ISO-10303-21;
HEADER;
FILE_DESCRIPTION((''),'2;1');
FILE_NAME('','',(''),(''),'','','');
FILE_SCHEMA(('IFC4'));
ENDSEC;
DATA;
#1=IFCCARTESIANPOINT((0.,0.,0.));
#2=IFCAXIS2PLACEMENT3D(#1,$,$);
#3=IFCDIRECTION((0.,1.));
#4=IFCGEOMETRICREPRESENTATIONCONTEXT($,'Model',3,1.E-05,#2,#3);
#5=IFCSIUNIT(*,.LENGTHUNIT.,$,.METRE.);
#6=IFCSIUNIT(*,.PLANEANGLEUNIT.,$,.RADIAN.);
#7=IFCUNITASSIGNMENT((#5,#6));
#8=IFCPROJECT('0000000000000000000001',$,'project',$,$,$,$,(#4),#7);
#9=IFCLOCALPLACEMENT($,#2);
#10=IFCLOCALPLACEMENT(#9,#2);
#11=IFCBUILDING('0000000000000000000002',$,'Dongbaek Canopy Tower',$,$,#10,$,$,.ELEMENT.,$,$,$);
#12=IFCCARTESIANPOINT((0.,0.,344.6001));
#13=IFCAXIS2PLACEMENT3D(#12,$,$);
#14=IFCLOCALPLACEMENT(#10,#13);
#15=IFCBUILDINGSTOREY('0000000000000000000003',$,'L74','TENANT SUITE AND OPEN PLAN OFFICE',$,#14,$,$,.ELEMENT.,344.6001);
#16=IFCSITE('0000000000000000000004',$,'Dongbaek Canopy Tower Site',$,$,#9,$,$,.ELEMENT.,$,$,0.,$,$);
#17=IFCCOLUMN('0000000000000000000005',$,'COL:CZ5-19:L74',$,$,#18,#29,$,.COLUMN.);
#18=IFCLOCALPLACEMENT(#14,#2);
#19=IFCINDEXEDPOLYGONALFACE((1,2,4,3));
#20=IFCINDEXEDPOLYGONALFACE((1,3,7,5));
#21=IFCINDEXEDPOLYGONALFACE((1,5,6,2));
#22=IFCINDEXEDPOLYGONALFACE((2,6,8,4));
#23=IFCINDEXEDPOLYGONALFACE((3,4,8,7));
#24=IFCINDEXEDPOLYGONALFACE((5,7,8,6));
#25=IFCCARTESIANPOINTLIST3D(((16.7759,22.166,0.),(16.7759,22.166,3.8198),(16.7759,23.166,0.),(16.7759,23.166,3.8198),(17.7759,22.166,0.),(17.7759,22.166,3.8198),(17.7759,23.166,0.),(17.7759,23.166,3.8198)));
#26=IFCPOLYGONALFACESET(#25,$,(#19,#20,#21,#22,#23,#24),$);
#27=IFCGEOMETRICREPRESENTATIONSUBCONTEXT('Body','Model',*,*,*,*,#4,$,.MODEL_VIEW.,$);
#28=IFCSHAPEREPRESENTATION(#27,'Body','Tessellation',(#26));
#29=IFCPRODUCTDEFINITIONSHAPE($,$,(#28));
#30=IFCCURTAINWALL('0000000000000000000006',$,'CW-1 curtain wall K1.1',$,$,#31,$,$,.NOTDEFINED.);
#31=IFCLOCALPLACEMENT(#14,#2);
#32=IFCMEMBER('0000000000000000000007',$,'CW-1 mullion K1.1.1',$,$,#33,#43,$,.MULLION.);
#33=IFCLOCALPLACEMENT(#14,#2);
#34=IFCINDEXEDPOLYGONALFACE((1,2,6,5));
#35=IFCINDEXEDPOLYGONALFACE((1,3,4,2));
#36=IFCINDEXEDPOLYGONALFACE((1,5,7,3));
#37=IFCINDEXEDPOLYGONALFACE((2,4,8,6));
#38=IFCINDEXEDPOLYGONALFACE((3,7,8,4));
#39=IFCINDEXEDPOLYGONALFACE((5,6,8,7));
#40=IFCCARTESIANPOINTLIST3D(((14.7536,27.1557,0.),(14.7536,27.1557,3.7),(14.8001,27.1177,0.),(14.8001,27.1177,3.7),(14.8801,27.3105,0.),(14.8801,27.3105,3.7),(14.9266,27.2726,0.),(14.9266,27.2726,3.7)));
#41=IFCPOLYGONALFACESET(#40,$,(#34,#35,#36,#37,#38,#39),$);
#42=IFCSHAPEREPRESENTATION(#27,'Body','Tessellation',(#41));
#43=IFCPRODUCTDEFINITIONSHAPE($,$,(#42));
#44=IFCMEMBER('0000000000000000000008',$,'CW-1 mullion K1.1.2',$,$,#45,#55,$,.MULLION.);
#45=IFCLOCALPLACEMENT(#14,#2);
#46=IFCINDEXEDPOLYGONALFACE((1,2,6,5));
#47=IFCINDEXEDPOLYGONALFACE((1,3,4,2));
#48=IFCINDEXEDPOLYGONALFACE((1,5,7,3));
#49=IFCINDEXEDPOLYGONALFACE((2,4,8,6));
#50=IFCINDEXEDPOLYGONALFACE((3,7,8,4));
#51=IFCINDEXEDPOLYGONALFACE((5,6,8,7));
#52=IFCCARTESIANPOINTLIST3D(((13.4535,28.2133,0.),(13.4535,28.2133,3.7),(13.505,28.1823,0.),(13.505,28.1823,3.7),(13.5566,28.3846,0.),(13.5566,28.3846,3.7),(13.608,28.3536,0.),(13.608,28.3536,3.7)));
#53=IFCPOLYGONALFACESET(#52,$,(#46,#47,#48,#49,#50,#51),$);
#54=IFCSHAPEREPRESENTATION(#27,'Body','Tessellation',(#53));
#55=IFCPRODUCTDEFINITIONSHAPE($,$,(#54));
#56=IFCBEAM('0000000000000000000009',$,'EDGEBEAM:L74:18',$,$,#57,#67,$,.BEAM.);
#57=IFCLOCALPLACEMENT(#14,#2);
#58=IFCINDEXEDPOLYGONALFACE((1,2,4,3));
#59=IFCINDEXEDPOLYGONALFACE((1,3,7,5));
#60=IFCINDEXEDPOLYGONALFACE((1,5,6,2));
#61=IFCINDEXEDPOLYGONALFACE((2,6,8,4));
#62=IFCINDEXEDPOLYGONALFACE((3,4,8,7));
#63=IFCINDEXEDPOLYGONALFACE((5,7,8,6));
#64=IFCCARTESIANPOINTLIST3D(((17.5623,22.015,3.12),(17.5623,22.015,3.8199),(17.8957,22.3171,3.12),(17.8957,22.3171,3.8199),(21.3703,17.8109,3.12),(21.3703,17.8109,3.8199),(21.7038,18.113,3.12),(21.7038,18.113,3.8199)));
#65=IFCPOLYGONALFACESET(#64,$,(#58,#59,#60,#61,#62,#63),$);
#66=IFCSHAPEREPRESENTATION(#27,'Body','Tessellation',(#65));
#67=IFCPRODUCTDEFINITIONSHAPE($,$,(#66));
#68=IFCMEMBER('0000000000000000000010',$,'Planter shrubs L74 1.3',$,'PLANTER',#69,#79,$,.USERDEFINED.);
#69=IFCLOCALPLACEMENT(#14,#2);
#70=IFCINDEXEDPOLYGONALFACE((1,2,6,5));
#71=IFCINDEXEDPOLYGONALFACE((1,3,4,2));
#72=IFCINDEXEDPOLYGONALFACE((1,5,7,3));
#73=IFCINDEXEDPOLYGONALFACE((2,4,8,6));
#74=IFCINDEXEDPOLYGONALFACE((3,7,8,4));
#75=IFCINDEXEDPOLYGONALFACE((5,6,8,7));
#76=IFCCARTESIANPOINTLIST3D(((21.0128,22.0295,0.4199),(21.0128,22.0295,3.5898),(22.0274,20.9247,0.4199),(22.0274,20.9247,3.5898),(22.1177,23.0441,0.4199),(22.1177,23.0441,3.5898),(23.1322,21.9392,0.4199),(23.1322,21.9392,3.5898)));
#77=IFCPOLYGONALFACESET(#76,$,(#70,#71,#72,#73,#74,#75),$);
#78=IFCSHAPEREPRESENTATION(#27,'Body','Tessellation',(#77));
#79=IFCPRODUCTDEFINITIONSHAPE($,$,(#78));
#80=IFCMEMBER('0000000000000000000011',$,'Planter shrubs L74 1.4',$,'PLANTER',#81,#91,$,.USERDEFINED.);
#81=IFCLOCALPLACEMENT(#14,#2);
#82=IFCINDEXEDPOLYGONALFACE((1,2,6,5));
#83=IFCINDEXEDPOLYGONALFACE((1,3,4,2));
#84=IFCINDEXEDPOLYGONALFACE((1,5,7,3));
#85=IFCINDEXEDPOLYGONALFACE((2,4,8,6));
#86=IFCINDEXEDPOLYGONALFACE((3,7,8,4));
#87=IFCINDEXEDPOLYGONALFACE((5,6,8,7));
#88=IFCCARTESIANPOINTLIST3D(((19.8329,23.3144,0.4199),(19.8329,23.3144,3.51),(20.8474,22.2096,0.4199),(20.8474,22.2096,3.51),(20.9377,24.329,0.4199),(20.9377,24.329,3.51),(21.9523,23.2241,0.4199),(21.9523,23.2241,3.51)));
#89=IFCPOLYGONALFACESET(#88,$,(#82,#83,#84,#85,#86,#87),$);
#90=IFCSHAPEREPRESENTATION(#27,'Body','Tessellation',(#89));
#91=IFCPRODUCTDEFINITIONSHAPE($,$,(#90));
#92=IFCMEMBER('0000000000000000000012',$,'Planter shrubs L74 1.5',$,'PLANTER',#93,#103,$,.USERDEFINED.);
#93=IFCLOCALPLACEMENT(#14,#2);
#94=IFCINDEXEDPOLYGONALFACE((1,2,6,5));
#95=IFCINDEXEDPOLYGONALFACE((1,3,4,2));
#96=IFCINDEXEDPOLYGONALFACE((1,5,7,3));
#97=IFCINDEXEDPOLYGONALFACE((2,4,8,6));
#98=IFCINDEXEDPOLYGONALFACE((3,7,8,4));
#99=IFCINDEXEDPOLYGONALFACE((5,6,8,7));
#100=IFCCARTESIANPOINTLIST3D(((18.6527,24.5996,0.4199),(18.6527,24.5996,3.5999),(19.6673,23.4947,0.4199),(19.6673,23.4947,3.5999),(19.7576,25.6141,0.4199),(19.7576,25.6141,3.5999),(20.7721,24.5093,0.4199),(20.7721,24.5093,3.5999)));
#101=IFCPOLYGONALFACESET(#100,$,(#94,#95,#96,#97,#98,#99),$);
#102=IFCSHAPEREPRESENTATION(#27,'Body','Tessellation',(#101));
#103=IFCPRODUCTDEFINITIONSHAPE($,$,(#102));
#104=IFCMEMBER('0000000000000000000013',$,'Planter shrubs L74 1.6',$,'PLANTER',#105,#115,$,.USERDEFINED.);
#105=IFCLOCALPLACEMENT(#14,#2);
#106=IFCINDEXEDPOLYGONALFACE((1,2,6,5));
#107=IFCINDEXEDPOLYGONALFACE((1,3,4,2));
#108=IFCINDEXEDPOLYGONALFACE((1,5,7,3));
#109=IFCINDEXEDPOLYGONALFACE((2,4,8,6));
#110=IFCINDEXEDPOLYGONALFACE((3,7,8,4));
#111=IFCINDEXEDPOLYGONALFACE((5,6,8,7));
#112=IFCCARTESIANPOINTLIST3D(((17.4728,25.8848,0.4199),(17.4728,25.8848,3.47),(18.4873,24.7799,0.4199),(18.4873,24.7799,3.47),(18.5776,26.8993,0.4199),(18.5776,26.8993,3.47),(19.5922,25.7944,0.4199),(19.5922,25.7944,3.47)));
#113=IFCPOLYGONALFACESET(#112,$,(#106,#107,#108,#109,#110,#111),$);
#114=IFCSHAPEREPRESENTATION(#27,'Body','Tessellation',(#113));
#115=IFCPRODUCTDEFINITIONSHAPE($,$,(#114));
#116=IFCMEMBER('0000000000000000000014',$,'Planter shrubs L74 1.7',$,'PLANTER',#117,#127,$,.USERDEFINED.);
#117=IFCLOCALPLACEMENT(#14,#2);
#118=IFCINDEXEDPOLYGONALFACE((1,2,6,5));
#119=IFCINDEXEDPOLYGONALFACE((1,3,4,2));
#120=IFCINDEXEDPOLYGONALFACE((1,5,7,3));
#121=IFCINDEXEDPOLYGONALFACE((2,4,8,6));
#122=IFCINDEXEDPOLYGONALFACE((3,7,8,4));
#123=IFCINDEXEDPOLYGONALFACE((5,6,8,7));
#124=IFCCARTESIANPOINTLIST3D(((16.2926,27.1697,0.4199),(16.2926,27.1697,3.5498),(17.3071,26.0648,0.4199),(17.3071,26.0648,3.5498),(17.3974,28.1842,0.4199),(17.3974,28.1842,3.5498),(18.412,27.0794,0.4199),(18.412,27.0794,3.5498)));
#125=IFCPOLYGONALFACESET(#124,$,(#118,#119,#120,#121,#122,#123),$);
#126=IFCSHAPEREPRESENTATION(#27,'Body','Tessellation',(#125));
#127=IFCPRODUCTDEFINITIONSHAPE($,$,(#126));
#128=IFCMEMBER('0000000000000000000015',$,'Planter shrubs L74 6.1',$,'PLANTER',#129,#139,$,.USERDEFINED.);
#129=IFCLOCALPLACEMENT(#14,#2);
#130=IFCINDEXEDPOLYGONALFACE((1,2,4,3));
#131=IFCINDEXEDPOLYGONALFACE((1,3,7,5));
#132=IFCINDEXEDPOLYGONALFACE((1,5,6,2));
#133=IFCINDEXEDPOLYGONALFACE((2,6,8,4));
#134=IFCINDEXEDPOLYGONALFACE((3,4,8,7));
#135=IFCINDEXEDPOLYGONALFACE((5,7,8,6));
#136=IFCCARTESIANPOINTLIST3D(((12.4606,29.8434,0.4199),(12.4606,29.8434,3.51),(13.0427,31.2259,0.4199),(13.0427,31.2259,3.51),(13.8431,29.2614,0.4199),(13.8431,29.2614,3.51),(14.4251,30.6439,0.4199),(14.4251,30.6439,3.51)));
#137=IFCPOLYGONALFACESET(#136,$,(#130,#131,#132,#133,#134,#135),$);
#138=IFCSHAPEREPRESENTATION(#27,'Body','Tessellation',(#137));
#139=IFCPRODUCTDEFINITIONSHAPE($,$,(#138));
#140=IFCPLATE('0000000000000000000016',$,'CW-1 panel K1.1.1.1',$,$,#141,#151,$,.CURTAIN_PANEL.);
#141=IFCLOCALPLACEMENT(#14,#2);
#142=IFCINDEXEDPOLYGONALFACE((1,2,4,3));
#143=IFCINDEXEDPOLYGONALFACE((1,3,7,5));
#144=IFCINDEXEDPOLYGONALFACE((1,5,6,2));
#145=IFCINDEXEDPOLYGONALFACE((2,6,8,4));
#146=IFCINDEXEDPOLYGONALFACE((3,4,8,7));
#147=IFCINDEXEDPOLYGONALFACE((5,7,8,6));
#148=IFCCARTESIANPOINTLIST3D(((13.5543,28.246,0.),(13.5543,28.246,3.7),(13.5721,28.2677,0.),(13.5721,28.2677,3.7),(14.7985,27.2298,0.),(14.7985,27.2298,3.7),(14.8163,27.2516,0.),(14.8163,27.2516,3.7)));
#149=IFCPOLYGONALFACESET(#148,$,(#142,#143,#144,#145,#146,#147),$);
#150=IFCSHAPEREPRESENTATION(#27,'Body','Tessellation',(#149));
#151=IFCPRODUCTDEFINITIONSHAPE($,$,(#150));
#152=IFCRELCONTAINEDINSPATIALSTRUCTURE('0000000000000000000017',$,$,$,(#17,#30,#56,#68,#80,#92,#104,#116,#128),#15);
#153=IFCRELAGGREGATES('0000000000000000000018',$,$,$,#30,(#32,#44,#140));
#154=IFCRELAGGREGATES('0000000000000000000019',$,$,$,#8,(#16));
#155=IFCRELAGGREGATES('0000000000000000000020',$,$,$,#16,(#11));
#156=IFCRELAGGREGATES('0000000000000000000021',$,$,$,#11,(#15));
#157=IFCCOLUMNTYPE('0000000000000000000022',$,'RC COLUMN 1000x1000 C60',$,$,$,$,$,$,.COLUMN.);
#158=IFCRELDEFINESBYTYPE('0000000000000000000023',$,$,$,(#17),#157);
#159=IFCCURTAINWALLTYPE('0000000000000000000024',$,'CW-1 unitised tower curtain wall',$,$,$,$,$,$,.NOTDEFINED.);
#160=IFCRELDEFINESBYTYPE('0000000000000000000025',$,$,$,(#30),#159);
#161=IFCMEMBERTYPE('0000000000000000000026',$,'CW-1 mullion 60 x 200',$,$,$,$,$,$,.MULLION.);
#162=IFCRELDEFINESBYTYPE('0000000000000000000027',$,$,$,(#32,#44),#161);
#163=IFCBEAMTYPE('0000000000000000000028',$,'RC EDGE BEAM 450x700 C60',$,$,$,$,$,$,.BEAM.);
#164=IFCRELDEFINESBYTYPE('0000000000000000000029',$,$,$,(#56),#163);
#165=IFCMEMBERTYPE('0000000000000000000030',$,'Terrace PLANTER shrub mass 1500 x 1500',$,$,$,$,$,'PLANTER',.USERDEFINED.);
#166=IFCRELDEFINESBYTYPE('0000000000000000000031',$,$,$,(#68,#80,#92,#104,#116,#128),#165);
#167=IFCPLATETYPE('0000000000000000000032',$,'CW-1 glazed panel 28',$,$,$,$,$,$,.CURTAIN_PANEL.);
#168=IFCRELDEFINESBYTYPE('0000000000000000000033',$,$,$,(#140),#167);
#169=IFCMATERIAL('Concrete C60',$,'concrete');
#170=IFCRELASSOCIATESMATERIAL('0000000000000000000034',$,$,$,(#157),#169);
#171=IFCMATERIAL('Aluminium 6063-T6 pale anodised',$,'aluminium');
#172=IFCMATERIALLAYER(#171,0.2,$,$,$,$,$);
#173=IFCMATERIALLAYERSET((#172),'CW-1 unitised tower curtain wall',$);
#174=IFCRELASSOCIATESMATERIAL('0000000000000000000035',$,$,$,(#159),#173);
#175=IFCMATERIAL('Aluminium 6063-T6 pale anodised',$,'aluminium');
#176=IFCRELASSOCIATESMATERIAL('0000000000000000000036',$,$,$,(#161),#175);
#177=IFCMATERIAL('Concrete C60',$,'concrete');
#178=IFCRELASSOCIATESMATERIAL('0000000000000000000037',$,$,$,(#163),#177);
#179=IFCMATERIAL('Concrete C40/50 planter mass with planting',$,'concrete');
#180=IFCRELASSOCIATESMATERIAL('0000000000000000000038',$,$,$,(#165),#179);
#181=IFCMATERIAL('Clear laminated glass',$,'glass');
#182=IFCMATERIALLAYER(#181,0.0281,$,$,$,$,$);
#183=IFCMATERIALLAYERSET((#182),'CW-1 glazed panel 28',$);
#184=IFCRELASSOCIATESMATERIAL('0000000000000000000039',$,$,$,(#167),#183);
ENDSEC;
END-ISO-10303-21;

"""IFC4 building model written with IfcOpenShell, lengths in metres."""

from ifc_helpers import new_model, si_unit, direction, frame, origin, origin_2d, place, context, subcontext, project, spatial, rectangle, extrude, material, layer, layer_set, material_profile, profile_set, type_object, element, aggregate, save


model = new_model("IFC4")

# Units and contexts
model_context = context("Model", 3, precision=1e-05, world=origin(), true_north=direction((0.0, 1.0)))
body_context = subcontext(model_context, "Body", "Model", "MODEL_VIEW")
ifc_project = project(units=[si_unit("LENGTHUNIT", "METRE"), si_unit("PLANEANGLEUNIT", "RADIAN")], contexts=[model_context])

# Site, building, storey
site_placement = place(None, origin())
site = spatial("IfcSite", under=ifc_project, at=site_placement, Name="Dongbaek Canopy Tower Site", CompositionType="ELEMENT", RefElevation=0.0)
building_placement = place(site_placement, origin())
building = spatial("IfcBuilding", under=site, at=building_placement, Name="Dongbaek Canopy Tower", CompositionType="ELEMENT")
storey_placement = place(building_placement, frame((0.0, 0.0, 344.6001)))
storey = spatial("IfcBuildingStorey", under=building, at=storey_placement, Name="L74", Description="TENANT SUITE AND OPEN PLAN OFFICE", CompositionType="ELEMENT", Elevation=344.6001)

# Column
ifc_material_1 = material(Name="Concrete C60", Category="concrete")
ifc_material_profile_1 = material_profile(ifc_material_1, rectangle(XDim=1.0, YDim=1.0, at=origin_2d()), Name="RC COLUMN 1000x1000 C60")
ifc_profile_set_1 = profile_set([ifc_material_profile_1], Name="Concrete C60")
column_type = type_object("IfcColumnType", Name="RC COLUMN 1000x1000 C60", PredefinedType="COLUMN", material=ifc_profile_set_1)
column_placement = place(storey_placement, frame((17.2759, 22.666, 0.0), z_axis=(0.0, 0.0, 1.0), x_axis=(1.0, 0.0, 0.0)))
element("IfcColumn", 1, at=column_placement, inside=storey, type_object=column_type, Name="COL:CZ5-19:L74", PredefinedType="COLUMN", context=body_context, shape_type="SweptSolid", body=[
    extrude(rectangle(XDim=1.0, YDim=1.0, at=origin_2d()), origin(), (0.0, 0.0, 1.0), 3.8198),
])

# Curtain wall, members
ifc_material_2 = material(Name="Aluminium 6063-T6 pale anodised", Category="aluminium")
ifc_layer_1 = layer(ifc_material_2, 0.2)
ifc_layer_set_1 = layer_set([ifc_layer_1], Name="CW-1 unitised tower curtain wall")
curtain_wall_type = type_object("IfcCurtainWallType", Name="CW-1 unitised tower curtain wall", PredefinedType="NOTDEFINED", material=ifc_layer_set_1)
curtain_wall_placement = place(storey_placement, origin())
curtain_wall = element("IfcCurtainWall", 2, at=curtain_wall_placement, inside=storey, type_object=curtain_wall_type, Name="CW-1 curtain wall K1.1", PredefinedType="NOTDEFINED")
ifc_material_3 = material(Name="Aluminium 6063-T6 pale anodised", Category="aluminium")
ifc_material_profile_2 = material_profile(ifc_material_3, rectangle(XDim=0.2, YDim=0.0601, at=origin_2d()), Name="CW-1 mullion 60 x 200")
ifc_profile_set_2 = profile_set([ifc_material_profile_2], Name="Aluminium 6063-T6 pale anodised")
member_type_1 = type_object("IfcMemberType", Name="CW-1 mullion 60 x 200", PredefinedType="MULLION", material=ifc_profile_set_2)
member_1_placement = place(storey_placement, frame((14.8401, 27.2141, 0.0), z_axis=(0.0, 0.0, 1.0), x_axis=(0.63253, 0.774536, 0.0)))
member_1 = element("IfcMember", 3, at=member_1_placement, type_object=member_type_1, Name="CW-1 mullion K1.1.1", PredefinedType="MULLION", context=body_context, shape_type="SweptSolid", body=[
    extrude(rectangle(XDim=0.2, YDim=0.0601, at=origin_2d()), origin(), (0.0, 0.0, 1.0), 3.7),
])
member_2_placement = place(storey_placement, frame((13.5308, 28.2834, 0.0), z_axis=(0.0, 0.0, 1.0), x_axis=(0.515551, 0.856859, 0.0)))
member_2 = element("IfcMember", 4, at=member_2_placement, type_object=member_type_1, Name="CW-1 mullion K1.1.2", PredefinedType="MULLION", context=body_context, shape_type="SweptSolid", body=[
    extrude(rectangle(XDim=0.2, YDim=0.0601, at=origin_2d()), origin(), (0.0, 0.0, 1.0), 3.7),
])

# Beam
ifc_material_4 = material(Name="Concrete C60", Category="concrete")
ifc_material_profile_3 = material_profile(ifc_material_4, rectangle(XDim=0.45, YDim=0.7, at=origin_2d()), Name="RC EDGE BEAM 450x700 C60")
ifc_profile_set_3 = profile_set([ifc_material_profile_3], Name="Concrete C60")
beam_type = type_object("IfcBeamType", Name="RC EDGE BEAM 450x700 C60", PredefinedType="BEAM", material=ifc_profile_set_3)
beam_placement = place(storey_placement, frame((17.729, 22.166, 3.47), z_axis=(0.671339, -0.74115, 0.0), x_axis=(0.74115, 0.671339, 0.0)))
element("IfcBeam", 5, at=beam_placement, inside=storey, type_object=beam_type, Name="EDGEBEAM:L74:18", PredefinedType="BEAM", context=body_context, shape_type="SweptSolid", body=[
    extrude(rectangle(XDim=0.45, YDim=0.7, at=origin_2d()), origin(), (0.0, 0.0, 1.0), 5.6724),
])

# Members
ifc_material_5 = material(Name="Concrete C40/50 planter mass with planting", Category="concrete")
ifc_material_profile_4 = material_profile(ifc_material_5, rectangle(XDim=1.5, YDim=1.5, at=origin_2d()), Name="Terrace PLANTER shrub mass 1500 x 1500")
ifc_profile_set_4 = profile_set([ifc_material_profile_4], Name="Concrete C40/50 planter mass with planting")
member_type_2 = type_object("IfcMemberType", Name="Terrace PLANTER shrub mass 1500 x 1500", ElementType="PLANTER", PredefinedType="USERDEFINED", material=ifc_profile_set_4)
member_3_placement = place(storey_placement, frame((22.0725, 21.9844, 0.4199), z_axis=(0.0, 0.0, 1.0), x_axis=(0.736567, 0.676365, 0.0)))
element("IfcMember", 6, at=member_3_placement, inside=storey, type_object=member_type_2, Name="Planter shrubs L74 1.3", ObjectType="PLANTER", PredefinedType="USERDEFINED", context=body_context, shape_type="SweptSolid", body=[
    extrude(rectangle(XDim=1.5, YDim=1.5, at=origin_2d()), origin(), (0.0, 0.0, 1.0), 3.1699),
])
member_4_placement = place(storey_placement, frame((20.8926, 23.2693, 0.4199), z_axis=(0.0, 0.0, 1.0), x_axis=(0.736567, 0.676365, 0.0)))
element("IfcMember", 7, at=member_4_placement, inside=storey, type_object=member_type_2, Name="Planter shrubs L74 1.4", ObjectType="PLANTER", PredefinedType="USERDEFINED", context=body_context, shape_type="SweptSolid", body=[
    extrude(rectangle(XDim=1.5, YDim=1.5, at=origin_2d()), origin(), (0.0, 0.0, 1.0), 3.0901),
])
member_5_placement = place(storey_placement, frame((19.7124, 24.5544, 0.4199), z_axis=(0.0, 0.0, 1.0), x_axis=(0.736567, 0.676365, 0.0)))
element("IfcMember", 8, at=member_5_placement, inside=storey, type_object=member_type_2, Name="Planter shrubs L74 1.5", ObjectType="PLANTER", PredefinedType="USERDEFINED", context=body_context, shape_type="SweptSolid", body=[
    extrude(rectangle(XDim=1.5, YDim=1.5, at=origin_2d()), origin(), (0.0, 0.0, 1.0), 3.1799),
])
member_6_placement = place(storey_placement, frame((18.5325, 25.8396, 0.4199), z_axis=(0.0, 0.0, 1.0), x_axis=(0.736567, 0.676365, 0.0)))
element("IfcMember", 9, at=member_6_placement, inside=storey, type_object=member_type_2, Name="Planter shrubs L74 1.6", ObjectType="PLANTER", PredefinedType="USERDEFINED", context=body_context, shape_type="SweptSolid", body=[
    extrude(rectangle(XDim=1.5, YDim=1.5, at=origin_2d()), origin(), (0.0, 0.0, 1.0), 3.05),
])
member_7_placement = place(storey_placement, frame((17.3523, 27.1245, 0.4199), z_axis=(0.0, 0.0, 1.0), x_axis=(0.736567, 0.676365, 0.0)))
element("IfcMember", 10, at=member_7_placement, inside=storey, type_object=member_type_2, Name="Planter shrubs L74 1.7", ObjectType="PLANTER", PredefinedType="USERDEFINED", context=body_context, shape_type="SweptSolid", body=[
    extrude(rectangle(XDim=1.5, YDim=1.5, at=origin_2d()), origin(), (0.0, 0.0, 1.0), 3.1299),
])
member_8_placement = place(storey_placement, frame((13.4429, 30.2437, 0.4199), z_axis=(0.0, 0.0, 1.0), x_axis=(0.388023, 0.92165, 0.0)))
element("IfcMember", 11, at=member_8_placement, inside=storey, type_object=member_type_2, Name="Planter shrubs L74 6.1", ObjectType="PLANTER", PredefinedType="USERDEFINED", context=body_context, shape_type="SweptSolid", body=[
    extrude(rectangle(XDim=1.5, YDim=1.5, at=origin_2d()), origin(), (0.0, 0.0, 1.0), 3.0901),
])

# Plate
ifc_material_6 = material(Name="Clear laminated glass", Category="glass")
ifc_layer_2 = layer(ifc_material_6, 0.0281)
ifc_layer_set_2 = layer_set([ifc_layer_2], Name="CW-1 glazed panel 28")
plate_type = type_object("IfcPlateType", Name="CW-1 glazed panel 28", PredefinedType="CURTAIN_PANEL", material=ifc_layer_set_2)
plate_placement = place(storey_placement, frame((14.1853, 27.7488, 0.0), z_axis=(0.0, 0.0, 1.0), x_axis=(-0.774536, 0.63253, 0.0)))
plate = element("IfcPlate", 12, at=plate_placement, type_object=plate_type, Name="CW-1 panel K1.1.1.1", PredefinedType="CURTAIN_PANEL", context=body_context, shape_type="SweptSolid", body=[
    extrude(rectangle(XDim=1.6064, YDim=0.0281, at=origin_2d()), origin(), (0.0, 0.0, 1.0), 3.7),
])
aggregate(curtain_wall, [member_1, member_2, plate])

save(model, "model.ifc")
